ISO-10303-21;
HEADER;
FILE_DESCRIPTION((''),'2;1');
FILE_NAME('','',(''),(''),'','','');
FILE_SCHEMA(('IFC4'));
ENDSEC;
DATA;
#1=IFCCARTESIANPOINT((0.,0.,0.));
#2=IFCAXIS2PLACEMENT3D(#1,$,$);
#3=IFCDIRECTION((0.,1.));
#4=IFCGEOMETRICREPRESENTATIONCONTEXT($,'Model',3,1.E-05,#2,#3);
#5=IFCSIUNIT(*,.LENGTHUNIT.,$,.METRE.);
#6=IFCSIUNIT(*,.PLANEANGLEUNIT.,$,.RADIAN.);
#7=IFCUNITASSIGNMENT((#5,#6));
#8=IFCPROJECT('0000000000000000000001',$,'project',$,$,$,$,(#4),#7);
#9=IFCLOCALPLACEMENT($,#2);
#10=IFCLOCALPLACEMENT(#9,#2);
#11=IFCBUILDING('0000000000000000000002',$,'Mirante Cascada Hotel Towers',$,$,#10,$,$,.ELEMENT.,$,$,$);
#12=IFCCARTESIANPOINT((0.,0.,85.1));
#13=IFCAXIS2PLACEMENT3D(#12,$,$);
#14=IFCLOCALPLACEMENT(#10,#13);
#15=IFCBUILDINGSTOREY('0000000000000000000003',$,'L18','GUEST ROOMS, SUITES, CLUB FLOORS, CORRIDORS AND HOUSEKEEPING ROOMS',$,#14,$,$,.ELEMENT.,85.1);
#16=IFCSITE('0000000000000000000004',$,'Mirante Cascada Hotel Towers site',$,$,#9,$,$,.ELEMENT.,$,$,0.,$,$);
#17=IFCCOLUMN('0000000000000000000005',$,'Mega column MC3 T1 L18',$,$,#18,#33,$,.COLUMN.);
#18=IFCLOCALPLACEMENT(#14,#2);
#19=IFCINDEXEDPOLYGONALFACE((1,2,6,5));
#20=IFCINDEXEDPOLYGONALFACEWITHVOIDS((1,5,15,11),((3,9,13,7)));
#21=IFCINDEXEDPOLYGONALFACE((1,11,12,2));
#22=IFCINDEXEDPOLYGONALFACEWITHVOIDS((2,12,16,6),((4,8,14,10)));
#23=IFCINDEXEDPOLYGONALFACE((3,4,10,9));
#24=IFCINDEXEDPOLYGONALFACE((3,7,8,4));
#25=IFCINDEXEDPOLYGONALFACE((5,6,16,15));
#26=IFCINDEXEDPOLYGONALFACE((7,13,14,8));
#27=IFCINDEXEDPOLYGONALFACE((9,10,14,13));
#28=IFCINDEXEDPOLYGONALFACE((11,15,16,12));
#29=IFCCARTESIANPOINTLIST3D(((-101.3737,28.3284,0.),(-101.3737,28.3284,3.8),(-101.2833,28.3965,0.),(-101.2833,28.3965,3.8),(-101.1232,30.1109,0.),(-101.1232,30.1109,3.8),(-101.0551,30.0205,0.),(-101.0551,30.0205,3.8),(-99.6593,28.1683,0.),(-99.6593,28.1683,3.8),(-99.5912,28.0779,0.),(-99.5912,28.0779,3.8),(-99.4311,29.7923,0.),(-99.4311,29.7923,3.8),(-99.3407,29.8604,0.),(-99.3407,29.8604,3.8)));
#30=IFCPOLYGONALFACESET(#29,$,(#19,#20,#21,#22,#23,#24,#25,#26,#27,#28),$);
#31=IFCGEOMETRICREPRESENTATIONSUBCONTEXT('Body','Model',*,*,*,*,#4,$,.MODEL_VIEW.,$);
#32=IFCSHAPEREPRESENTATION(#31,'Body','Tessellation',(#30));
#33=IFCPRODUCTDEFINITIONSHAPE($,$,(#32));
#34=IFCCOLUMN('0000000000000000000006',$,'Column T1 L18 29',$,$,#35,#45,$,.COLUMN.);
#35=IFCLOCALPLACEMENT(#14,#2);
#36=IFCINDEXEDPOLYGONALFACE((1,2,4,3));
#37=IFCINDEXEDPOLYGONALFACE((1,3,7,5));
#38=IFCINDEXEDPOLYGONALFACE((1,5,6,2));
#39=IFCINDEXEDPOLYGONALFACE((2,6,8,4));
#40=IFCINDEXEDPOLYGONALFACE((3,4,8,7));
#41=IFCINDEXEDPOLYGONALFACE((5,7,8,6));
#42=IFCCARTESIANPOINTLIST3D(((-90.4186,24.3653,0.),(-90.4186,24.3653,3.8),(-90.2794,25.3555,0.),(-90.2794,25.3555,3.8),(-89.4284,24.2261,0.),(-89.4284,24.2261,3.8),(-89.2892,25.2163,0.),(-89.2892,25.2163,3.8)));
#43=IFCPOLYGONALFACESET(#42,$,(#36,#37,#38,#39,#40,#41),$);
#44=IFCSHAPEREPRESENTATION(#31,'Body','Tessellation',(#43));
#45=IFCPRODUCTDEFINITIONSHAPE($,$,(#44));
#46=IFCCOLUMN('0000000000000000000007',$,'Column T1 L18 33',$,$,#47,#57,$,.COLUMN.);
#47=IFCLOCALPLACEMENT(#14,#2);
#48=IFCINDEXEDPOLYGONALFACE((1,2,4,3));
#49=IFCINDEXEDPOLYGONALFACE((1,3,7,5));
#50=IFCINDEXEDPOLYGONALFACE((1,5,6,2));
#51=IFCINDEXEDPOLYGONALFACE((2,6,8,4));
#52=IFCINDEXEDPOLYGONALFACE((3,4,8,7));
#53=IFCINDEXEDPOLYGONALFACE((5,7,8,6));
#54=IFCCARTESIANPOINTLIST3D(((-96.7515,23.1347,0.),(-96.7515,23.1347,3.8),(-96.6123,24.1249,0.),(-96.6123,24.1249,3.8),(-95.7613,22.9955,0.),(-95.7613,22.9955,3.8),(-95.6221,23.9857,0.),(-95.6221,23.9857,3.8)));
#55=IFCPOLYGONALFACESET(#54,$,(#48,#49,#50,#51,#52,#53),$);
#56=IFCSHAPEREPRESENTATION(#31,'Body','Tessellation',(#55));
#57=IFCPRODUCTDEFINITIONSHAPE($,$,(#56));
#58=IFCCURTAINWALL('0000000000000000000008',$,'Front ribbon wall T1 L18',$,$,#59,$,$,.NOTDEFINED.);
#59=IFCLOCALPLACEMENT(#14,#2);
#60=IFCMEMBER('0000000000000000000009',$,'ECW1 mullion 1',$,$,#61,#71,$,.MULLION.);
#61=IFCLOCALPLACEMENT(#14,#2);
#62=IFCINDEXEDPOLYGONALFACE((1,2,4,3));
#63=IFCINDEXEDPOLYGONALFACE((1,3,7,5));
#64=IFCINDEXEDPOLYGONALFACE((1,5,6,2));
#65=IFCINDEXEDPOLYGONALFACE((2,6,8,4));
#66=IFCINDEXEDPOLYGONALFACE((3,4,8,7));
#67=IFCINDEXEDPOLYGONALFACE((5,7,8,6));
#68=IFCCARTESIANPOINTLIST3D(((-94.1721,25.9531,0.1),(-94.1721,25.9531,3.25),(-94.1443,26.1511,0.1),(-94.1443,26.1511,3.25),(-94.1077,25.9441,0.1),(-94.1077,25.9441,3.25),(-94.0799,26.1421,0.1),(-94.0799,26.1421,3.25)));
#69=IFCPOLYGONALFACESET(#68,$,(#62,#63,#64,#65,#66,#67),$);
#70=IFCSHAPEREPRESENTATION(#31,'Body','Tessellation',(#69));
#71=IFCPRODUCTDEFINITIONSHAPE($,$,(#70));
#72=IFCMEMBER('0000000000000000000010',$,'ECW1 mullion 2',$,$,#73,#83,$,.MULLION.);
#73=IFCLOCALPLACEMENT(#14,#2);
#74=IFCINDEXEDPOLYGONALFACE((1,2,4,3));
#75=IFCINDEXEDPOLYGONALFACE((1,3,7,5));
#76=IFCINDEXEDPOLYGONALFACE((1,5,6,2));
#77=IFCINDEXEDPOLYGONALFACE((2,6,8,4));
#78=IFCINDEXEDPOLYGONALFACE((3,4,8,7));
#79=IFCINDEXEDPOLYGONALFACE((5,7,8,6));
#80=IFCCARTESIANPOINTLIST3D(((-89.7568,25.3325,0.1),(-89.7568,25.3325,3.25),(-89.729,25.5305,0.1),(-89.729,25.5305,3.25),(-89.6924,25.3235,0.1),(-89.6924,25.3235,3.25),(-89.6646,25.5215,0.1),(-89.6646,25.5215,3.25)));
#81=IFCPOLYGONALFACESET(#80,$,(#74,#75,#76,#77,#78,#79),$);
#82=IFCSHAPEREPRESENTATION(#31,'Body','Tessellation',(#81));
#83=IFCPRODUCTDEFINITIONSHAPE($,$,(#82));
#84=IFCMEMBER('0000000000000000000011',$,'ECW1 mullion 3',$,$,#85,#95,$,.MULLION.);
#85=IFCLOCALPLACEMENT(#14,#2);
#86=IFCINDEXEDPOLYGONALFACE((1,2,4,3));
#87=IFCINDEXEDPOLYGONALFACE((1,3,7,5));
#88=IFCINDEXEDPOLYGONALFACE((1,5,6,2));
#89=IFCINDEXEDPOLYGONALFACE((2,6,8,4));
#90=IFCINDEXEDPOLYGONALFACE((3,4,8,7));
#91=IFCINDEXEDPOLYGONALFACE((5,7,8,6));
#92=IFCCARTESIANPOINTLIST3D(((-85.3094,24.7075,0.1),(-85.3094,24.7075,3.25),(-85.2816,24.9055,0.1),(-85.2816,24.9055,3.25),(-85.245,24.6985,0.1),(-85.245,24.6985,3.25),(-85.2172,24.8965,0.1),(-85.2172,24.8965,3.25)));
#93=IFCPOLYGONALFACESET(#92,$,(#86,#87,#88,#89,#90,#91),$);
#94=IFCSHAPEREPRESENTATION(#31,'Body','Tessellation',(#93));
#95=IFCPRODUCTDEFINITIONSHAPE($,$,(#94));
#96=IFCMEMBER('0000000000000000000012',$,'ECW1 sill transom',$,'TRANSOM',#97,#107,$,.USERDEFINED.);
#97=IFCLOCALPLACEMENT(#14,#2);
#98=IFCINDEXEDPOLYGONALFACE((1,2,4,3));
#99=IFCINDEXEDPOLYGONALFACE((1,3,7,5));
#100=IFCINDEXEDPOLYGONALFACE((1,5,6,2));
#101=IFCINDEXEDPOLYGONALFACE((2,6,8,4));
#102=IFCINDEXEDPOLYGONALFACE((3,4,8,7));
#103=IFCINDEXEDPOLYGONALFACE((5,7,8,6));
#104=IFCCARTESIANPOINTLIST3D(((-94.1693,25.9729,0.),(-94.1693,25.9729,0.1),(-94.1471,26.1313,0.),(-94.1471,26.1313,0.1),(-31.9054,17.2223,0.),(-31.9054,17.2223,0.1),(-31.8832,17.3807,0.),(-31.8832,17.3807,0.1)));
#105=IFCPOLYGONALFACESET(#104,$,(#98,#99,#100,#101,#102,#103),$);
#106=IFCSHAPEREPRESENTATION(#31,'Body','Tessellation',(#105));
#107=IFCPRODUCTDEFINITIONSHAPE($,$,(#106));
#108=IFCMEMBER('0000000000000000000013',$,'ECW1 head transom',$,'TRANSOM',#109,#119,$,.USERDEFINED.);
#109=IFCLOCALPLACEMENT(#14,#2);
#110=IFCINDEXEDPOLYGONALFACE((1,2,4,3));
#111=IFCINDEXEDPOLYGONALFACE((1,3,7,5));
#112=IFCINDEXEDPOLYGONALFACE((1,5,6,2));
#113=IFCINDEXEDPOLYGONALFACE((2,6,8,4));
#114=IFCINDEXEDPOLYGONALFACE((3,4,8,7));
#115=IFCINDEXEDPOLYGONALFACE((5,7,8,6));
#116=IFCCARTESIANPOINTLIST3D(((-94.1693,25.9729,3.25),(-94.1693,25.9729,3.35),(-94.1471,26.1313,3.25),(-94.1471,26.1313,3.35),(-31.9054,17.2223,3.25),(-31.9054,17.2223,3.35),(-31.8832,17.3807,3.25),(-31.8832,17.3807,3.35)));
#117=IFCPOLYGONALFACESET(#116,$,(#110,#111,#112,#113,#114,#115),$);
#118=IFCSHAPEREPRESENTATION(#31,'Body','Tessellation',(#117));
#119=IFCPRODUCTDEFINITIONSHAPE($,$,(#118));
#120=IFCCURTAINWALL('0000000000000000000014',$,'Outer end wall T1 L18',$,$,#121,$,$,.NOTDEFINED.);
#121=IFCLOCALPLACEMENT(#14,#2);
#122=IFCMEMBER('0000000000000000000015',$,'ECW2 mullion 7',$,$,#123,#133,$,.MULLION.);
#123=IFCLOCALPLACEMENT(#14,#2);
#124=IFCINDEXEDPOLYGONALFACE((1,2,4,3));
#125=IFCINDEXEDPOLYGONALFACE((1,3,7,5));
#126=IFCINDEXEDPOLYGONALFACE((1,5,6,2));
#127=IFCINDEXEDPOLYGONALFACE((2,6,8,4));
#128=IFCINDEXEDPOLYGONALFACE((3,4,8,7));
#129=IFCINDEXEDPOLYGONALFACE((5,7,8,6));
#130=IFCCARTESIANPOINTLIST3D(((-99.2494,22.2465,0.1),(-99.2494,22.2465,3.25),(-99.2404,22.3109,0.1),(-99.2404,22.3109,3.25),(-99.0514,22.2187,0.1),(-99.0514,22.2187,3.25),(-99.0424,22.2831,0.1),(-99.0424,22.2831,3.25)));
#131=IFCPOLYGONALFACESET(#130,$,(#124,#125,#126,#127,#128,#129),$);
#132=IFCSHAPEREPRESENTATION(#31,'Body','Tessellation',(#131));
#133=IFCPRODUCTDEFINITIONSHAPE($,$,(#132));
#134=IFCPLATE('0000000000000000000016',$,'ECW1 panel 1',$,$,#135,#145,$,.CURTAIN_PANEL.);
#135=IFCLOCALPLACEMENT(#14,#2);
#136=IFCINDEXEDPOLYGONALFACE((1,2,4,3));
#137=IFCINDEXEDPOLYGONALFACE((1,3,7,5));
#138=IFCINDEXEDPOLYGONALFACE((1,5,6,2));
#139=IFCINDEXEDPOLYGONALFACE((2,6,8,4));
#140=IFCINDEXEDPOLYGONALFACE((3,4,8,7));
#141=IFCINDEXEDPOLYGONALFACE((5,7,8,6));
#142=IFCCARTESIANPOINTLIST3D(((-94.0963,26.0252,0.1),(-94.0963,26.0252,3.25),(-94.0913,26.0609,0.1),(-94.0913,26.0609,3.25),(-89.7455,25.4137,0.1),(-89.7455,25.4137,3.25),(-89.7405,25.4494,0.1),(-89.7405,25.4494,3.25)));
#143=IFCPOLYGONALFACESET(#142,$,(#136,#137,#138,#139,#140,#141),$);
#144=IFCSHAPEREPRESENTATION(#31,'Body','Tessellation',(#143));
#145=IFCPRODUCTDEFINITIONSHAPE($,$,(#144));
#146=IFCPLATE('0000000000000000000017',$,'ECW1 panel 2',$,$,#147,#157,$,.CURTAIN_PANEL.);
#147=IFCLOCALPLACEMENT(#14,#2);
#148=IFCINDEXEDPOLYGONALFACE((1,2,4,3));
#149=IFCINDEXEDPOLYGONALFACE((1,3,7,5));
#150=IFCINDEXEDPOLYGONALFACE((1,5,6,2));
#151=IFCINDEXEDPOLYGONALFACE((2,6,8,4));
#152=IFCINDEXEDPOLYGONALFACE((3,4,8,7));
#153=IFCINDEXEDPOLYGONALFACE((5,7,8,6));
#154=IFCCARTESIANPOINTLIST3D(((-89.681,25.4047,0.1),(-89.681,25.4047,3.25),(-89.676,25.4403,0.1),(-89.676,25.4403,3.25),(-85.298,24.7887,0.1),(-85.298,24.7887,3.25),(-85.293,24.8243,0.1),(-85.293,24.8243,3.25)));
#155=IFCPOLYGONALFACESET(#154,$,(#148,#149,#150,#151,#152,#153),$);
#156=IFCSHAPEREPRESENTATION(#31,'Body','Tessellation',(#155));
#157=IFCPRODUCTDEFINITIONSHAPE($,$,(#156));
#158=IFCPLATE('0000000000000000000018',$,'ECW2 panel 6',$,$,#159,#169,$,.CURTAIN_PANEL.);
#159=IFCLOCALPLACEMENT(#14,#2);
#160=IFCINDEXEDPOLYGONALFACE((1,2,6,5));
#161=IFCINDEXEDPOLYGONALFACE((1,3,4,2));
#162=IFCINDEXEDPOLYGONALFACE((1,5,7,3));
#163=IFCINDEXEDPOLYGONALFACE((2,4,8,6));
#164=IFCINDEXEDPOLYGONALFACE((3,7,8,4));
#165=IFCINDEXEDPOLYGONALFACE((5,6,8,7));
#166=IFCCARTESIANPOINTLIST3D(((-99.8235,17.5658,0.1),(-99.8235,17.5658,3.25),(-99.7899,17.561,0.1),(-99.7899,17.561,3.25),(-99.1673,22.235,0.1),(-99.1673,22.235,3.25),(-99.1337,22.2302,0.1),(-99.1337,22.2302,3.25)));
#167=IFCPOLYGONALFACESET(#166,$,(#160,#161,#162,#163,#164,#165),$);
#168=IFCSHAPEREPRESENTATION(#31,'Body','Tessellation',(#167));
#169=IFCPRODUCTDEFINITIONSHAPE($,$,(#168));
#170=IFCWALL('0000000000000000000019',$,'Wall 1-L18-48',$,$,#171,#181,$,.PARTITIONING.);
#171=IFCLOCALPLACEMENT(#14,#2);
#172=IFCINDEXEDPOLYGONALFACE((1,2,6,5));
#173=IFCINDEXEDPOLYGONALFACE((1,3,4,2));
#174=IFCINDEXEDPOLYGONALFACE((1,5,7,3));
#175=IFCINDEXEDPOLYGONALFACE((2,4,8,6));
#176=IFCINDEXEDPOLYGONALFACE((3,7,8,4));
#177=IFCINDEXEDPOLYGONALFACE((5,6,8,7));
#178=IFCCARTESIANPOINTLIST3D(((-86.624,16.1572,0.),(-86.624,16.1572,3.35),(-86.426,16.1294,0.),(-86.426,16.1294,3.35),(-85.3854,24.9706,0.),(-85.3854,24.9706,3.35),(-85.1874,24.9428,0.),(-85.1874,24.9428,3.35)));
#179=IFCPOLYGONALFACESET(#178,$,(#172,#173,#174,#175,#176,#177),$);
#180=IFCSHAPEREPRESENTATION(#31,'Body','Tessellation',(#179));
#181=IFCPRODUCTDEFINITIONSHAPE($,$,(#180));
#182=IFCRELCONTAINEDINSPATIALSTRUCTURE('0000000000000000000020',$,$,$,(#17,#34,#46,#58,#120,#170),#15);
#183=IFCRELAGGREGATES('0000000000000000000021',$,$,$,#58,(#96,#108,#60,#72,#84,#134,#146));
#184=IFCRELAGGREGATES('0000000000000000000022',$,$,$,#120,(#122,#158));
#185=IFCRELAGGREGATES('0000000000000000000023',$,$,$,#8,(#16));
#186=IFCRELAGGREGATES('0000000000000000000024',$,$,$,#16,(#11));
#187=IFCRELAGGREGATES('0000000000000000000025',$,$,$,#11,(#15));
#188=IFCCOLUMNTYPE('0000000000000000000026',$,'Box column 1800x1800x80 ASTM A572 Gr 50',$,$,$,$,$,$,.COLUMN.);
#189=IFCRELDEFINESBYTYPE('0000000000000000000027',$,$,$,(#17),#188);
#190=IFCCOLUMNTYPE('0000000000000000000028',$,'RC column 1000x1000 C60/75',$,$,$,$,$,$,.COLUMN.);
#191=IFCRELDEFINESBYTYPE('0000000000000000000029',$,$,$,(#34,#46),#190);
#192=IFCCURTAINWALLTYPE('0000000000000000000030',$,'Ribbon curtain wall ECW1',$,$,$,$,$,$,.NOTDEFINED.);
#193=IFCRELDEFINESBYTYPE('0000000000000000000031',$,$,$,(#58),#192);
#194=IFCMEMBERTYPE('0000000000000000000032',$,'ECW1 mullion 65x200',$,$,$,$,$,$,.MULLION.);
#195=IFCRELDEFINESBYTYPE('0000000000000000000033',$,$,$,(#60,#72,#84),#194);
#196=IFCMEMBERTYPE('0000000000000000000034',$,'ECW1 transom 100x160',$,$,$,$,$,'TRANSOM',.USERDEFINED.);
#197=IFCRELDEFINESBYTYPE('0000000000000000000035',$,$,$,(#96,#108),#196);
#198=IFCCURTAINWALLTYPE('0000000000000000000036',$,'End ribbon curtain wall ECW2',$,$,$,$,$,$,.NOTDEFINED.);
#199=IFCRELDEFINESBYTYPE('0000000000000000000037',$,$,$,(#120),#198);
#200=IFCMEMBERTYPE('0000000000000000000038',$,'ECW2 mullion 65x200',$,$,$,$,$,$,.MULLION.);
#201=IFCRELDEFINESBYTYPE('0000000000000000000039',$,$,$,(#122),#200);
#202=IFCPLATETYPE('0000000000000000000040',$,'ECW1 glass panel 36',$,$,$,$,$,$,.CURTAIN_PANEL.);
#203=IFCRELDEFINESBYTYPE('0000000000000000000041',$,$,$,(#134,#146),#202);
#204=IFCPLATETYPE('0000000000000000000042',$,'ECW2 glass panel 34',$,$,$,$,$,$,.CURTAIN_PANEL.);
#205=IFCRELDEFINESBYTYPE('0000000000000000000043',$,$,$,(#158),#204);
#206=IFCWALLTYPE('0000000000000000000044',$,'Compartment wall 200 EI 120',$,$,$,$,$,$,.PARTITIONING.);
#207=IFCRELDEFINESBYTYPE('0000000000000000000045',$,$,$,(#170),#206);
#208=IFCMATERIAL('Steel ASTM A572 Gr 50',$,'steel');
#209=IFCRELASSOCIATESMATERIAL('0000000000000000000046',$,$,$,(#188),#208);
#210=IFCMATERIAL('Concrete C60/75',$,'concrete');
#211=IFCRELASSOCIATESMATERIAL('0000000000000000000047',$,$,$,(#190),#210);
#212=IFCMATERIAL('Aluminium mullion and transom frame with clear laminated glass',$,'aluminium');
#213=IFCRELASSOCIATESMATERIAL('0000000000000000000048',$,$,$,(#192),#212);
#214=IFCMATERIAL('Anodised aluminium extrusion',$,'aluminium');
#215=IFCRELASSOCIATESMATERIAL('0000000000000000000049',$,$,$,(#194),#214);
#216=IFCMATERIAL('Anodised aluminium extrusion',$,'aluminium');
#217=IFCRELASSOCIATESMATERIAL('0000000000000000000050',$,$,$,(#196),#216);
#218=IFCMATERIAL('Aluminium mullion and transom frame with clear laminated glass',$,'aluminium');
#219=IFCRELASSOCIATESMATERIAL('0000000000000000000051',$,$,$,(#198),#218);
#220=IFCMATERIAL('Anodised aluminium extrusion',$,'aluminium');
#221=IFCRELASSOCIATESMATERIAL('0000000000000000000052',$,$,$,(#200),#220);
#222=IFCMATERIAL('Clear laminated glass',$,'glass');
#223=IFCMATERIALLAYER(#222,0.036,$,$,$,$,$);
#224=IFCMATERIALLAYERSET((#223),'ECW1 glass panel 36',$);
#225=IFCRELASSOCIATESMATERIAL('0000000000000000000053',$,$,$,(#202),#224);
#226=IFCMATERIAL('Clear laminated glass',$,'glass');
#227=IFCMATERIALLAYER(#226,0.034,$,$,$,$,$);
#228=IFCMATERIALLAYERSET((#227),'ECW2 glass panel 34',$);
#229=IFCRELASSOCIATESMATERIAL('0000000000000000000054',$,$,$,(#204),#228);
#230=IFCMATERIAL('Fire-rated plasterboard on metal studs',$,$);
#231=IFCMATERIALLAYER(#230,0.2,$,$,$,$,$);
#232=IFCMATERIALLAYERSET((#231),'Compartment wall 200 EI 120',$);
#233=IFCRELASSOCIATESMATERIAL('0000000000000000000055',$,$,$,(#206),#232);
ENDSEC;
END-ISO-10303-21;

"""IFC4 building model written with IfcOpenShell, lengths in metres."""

from ifc_helpers import new_model, si_unit, direction, frame, frame_2d, origin, origin_2d, place, context, subcontext, project, spatial, rectangle, hollow_rectangle, extrude, material, layer, layer_set, material_profile, profile_set, type_object, element, aggregate, save


model = new_model("IFC4")

# Units and contexts
model_context = context("Model", 3, precision=1e-05, world=origin(), true_north=direction((0.0, 1.0)))
body_context = subcontext(model_context, "Body", "Model", "MODEL_VIEW")
ifc_project = project(units=[si_unit("LENGTHUNIT", "METRE"), si_unit("PLANEANGLEUNIT", "RADIAN")], contexts=[model_context])

# Site, building, storey
site_placement = place(None, origin())
site = spatial("IfcSite", under=ifc_project, at=site_placement, Name="Mirante Cascada Hotel Towers site", CompositionType="ELEMENT", RefElevation=0.0)
building_placement = place(site_placement, origin())
building = spatial("IfcBuilding", under=site, at=building_placement, Name="Mirante Cascada Hotel Towers", CompositionType="ELEMENT")
storey_placement = place(building_placement, frame((0.0, 0.0, 85.1)))
storey = spatial("IfcBuildingStorey", under=building, at=storey_placement, Name="L18", Description="GUEST ROOMS, SUITES, CLUB FLOORS, CORRIDORS AND HOUSEKEEPING ROOMS", CompositionType="ELEMENT", Elevation=85.1)

# Columns
ifc_material_1 = material(Name="Steel ASTM A572 Gr 50", Category="steel")
ifc_material_profile_1 = material_profile(ifc_material_1, hollow_rectangle(XDim=1.8, YDim=1.8, WallThickness=0.08, at=origin_2d()), Name="Box column 1800x1800x80 ASTM A572 Gr 50")
ifc_profile_set_1 = profile_set([ifc_material_profile_1], Name="Steel ASTM A572 Gr 50")
column_type_1 = type_object("IfcColumnType", Name="Box column 1800x1800x80 ASTM A572 Gr 50", PredefinedType="COLUMN", material=ifc_profile_set_1)
column_placement = place(storey_placement, frame((-100.3572, 29.0944, 0.0), z_axis=(0.0, 0.0, 1.0), x_axis=(-0.990268, 0.139173, 0.0)))
element("IfcColumn", 1, at=column_placement, inside=storey, type_object=column_type_1, Name="Mega column MC3 T1 L18", PredefinedType="COLUMN", context=body_context, shape_type="SweptSolid", body=[
    extrude(hollow_rectangle(XDim=1.8, YDim=1.8, WallThickness=0.08, at=origin_2d()), origin(), (0.0, 0.0, 1.0), 3.8),
])
ifc_material_2 = material(Name="Concrete C60/75", Category="concrete")
ifc_material_profile_2 = material_profile(ifc_material_2, rectangle(XDim=1.0, YDim=1.0, at=origin_2d()), Name="RC column 1000x1000 C60/75")
ifc_profile_set_2 = profile_set([ifc_material_profile_2], Name="Concrete C60/75")
column_type_2 = type_object("IfcColumnType", Name="RC column 1000x1000 C60/75", PredefinedType="COLUMN", material=ifc_profile_set_2)
for number, where, z_axis, x_axis, name in (
    (2, (-89.8539, 24.7908, 0.0), (0.0, 0.0, 1.0), (-0.990268, 0.139173, 0.0), "Column T1 L18 29"),
    (3, (-96.1868, 23.5602, 0.0), (0.0, 0.0, 1.0), (-0.990268, 0.139173, 0.0), "Column T1 L18 33"),
):
    element("IfcColumn", number, at=place(storey_placement, frame(where, z_axis=z_axis, x_axis=x_axis)), inside=storey, type_object=column_type_2, Name=name, PredefinedType="COLUMN", context=body_context, shape_type="SweptSolid", body=[
        extrude(rectangle(XDim=1.0, YDim=1.0, at=origin_2d()), origin(), (0.0, 0.0, 1.0), 3.8),
    ])

# Curtain wall, members
ifc_material_3 = material(Name="Aluminium mullion and transom frame with clear laminated glass", Category="aluminium")
curtain_wall_type_1 = type_object("IfcCurtainWallType", Name="Ribbon curtain wall ECW1", PredefinedType="NOTDEFINED", material=ifc_material_3)
curtain_wall_1_placement = place(storey_placement, origin())
curtain_wall_1 = element("IfcCurtainWall", 4, at=curtain_wall_1_placement, inside=storey, type_object=curtain_wall_type_1, Name="Front ribbon wall T1 L18", PredefinedType="NOTDEFINED")
ifc_material_4 = material(Name="Anodised aluminium extrusion", Category="aluminium")
ifc_material_profile_3 = material_profile(ifc_material_4, rectangle(XDim=0.2, YDim=0.065, at=origin_2d()), Name="ECW1 MULLION 65x200")
ifc_profile_set_3 = profile_set([ifc_material_profile_3], Name="Anodised aluminium extrusion")
member_type_1 = type_object("IfcMemberType", Name="ECW1 mullion 65x200", PredefinedType="MULLION", material=ifc_profile_set_3)
member_1_placement = place(storey_placement, frame((-94.126, 26.0476, 0.1), z_axis=(0.0, 0.0, 1.0), x_axis=(0.139173, 0.990268, 0.0)))
member_1 = element("IfcMember", 5, at=member_1_placement, type_object=member_type_1, Name="ECW1 mullion 1", PredefinedType="MULLION", context=body_context, shape_type="SweptSolid", body=[
    extrude(rectangle(XDim=0.2, YDim=0.065, at=origin_2d()), origin(), (0.0, 0.0, 1.0), 3.15),
])
member_2_placement = place(storey_placement, frame((-89.7107, 25.427, 0.1), z_axis=(0.0, 0.0, 1.0), x_axis=(0.139173, 0.990268, 0.0)))
member_2 = element("IfcMember", 6, at=member_2_placement, type_object=member_type_1, Name="ECW1 mullion 2", PredefinedType="MULLION", context=body_context, shape_type="SweptSolid", body=[
    extrude(rectangle(XDim=0.2, YDim=0.065, at=origin_2d()), origin(), (0.0, 0.0, 1.0), 3.15),
])
member_3_placement = place(storey_placement, frame((-85.2633, 24.802, 0.1), z_axis=(0.0, 0.0, 1.0), x_axis=(0.139173, 0.990268, 0.0)))
member_3 = element("IfcMember", 7, at=member_3_placement, type_object=member_type_1, Name="ECW1 mullion 3", PredefinedType="MULLION", context=body_context, shape_type="SweptSolid", body=[
    extrude(rectangle(XDim=0.2, YDim=0.065, at=origin_2d()), origin(), (0.0, 0.0, 1.0), 3.15),
])
ifc_material_5 = material(Name="Anodised aluminium extrusion", Category="aluminium")
ifc_material_profile_4 = material_profile(ifc_material_5, rectangle(XDim=0.16, YDim=0.1, at=origin_2d()), Name="ECW1 TRANSOM 100x160")
ifc_profile_set_4 = profile_set([ifc_material_profile_4], Name="Anodised aluminium extrusion")
member_type_2 = type_object("IfcMemberType", Name="ECW1 transom 100x160", ElementType="TRANSOM", PredefinedType="USERDEFINED", material=ifc_profile_set_4)
member_4_placement = place(storey_placement, frame((-94.1582, 26.0521, 0.05), z_axis=(0.990268, -0.139173, 0.0), x_axis=(0.139173, 0.990268, 0.0)))
member_4 = element("IfcMember", 8, at=member_4_placement, type_object=member_type_2, Name="ECW1 sill transom", ObjectType="TRANSOM", PredefinedType="USERDEFINED", context=body_context, shape_type="SweptSolid", body=[
    extrude(rectangle(XDim=0.16, YDim=0.1, at=origin_2d()), origin(), (0.0, 0.0, 1.0), 62.8758),
])
member_5_placement = place(storey_placement, frame((-94.1582, 26.0521, 3.3), z_axis=(0.990268, -0.139173, 0.0), x_axis=(0.139173, 0.990268, 0.0)))
member_5 = element("IfcMember", 9, at=member_5_placement, type_object=member_type_2, Name="ECW1 head transom", ObjectType="TRANSOM", PredefinedType="USERDEFINED", context=body_context, shape_type="SweptSolid", body=[
    extrude(rectangle(XDim=0.16, YDim=0.1, at=origin_2d()), origin(), (0.0, 0.0, 1.0), 62.8758),
])

# Curtain wall, member
ifc_material_6 = material(Name="Aluminium mullion and transom frame with clear laminated glass", Category="aluminium")
curtain_wall_type_2 = type_object("IfcCurtainWallType", Name="End ribbon curtain wall ECW2", PredefinedType="NOTDEFINED", material=ifc_material_6)
curtain_wall_2_placement = place(storey_placement, origin())
curtain_wall_2 = element("IfcCurtainWall", 10, at=curtain_wall_2_placement, inside=storey, type_object=curtain_wall_type_2, Name="Outer end wall T1 L18", PredefinedType="NOTDEFINED")
ifc_material_7 = material(Name="Anodised aluminium extrusion", Category="aluminium")
ifc_material_profile_5 = material_profile(ifc_material_7, rectangle(XDim=0.2, YDim=0.065, at=origin_2d()), Name="ECW2 MULLION 65x200")
ifc_profile_set_5 = profile_set([ifc_material_profile_5], Name="Anodised aluminium extrusion")
member_type_3 = type_object("IfcMemberType", Name="ECW2 mullion 65x200", PredefinedType="MULLION", material=ifc_profile_set_5)
member_6_placement = place(storey_placement, frame((-99.1459, 22.2648, 0.1), z_axis=(0.0, 0.0, 1.0), x_axis=(-0.990268, 0.139173, 0.0)))
member_6 = element("IfcMember", 11, at=member_6_placement, type_object=member_type_3, Name="ECW2 mullion 7", PredefinedType="MULLION", context=body_context, shape_type="SweptSolid", body=[
    extrude(rectangle(XDim=0.2, YDim=0.065, at=origin_2d()), origin(), (0.0, 0.0, 1.0), 3.15),
])

# Plates
ifc_material_8 = material(Name="Clear laminated glass", Category="glass")
ifc_layer_1 = layer(ifc_material_8, 0.036)
ifc_layer_set_1 = layer_set([ifc_layer_1], Name="ECW1 glass panel 36")
plate_type_1 = type_object("IfcPlateType", Name="ECW1 glass panel 36", PredefinedType="CURTAIN_PANEL", material=ifc_layer_set_1)
plate_1_placement = place(storey_placement, frame((-91.9184, 25.7373, 0.1), z_axis=(0.0, 0.0, 1.0), x_axis=(0.990268, -0.139173, 0.0)))
plate_1 = element("IfcPlate", 12, at=plate_1_placement, type_object=plate_type_1, Name="ECW1 panel 1", PredefinedType="CURTAIN_PANEL", context=body_context, shape_type="SweptSolid", body=[
    extrude(rectangle(XDim=4.3936, YDim=0.036, at=origin_2d()), origin(), (0.0, 0.0, 1.0), 3.15),
])
plate_2_placement = place(storey_placement, frame((-87.487, 25.1145, 0.1), z_axis=(0.0, 0.0, 1.0), x_axis=(0.990268, -0.139173, 0.0)))
plate_2 = element("IfcPlate", 13, at=plate_2_placement, type_object=plate_type_1, Name="ECW1 panel 2", PredefinedType="CURTAIN_PANEL", context=body_context, shape_type="SweptSolid", body=[
    extrude(rectangle(XDim=4.4261, YDim=0.036, at=origin_2d()), origin(), (0.0, 0.0, 1.0), 3.15),
])
aggregate(curtain_wall_1, [member_4, member_5, member_1, member_2, member_3, plate_1, plate_2])
ifc_material_9 = material(Name="Clear laminated glass", Category="glass")
ifc_layer_2 = layer(ifc_material_9, 0.034)
ifc_layer_set_2 = layer_set([ifc_layer_2], Name="ECW2 glass panel 34")
plate_type_2 = type_object("IfcPlateType", Name="ECW2 glass panel 34", PredefinedType="CURTAIN_PANEL", material=ifc_layer_set_2)
plate_3_placement = place(storey_placement, frame((-99.4786, 19.898, 0.1), z_axis=(0.0, 0.0, 1.0), x_axis=(0.139173, 0.990268, 0.0)))
plate_3 = element("IfcPlate", 14, at=plate_3_placement, type_object=plate_type_2, Name="ECW2 panel 6", PredefinedType="CURTAIN_PANEL", context=body_context, shape_type="SweptSolid", body=[
    extrude(rectangle(XDim=4.7151, YDim=0.034, at=origin_2d()), origin(), (0.0, 0.0, 1.0), 3.15),
])
aggregate(curtain_wall_2, [member_6, plate_3])

# Wall
ifc_material_10 = material(Name="Fire-rated plasterboard on metal studs")
ifc_layer_3 = layer(ifc_material_10, 0.2)
ifc_layer_set_3 = layer_set([ifc_layer_3], Name="Compartment wall 200 EI 120")
wall_type_1 = type_object("IfcWallType", Name="Compartment wall 200 EI 120", PredefinedType="PARTITIONING", material=ifc_layer_set_3)
wall_1_placement = place(storey_placement, frame((-85.2864, 24.9567, 0.0), z_axis=(0.0, 0.0, 1.0), x_axis=(-0.139168, -0.990269, 0.0)))
element("IfcWall", 15, at=wall_1_placement, inside=storey, type_object=wall_type_1, Name="Wall 1-L18-48", PredefinedType="PARTITIONING", context=body_context, shape_type="SweptSolid", body=[
    extrude(rectangle(XDim=8.9, YDim=0.2, at=frame_2d((4.45, 0.0))), origin(), (0.0, 0.0, 1.0), 3.35),
])

save(model, "model.ifc")
